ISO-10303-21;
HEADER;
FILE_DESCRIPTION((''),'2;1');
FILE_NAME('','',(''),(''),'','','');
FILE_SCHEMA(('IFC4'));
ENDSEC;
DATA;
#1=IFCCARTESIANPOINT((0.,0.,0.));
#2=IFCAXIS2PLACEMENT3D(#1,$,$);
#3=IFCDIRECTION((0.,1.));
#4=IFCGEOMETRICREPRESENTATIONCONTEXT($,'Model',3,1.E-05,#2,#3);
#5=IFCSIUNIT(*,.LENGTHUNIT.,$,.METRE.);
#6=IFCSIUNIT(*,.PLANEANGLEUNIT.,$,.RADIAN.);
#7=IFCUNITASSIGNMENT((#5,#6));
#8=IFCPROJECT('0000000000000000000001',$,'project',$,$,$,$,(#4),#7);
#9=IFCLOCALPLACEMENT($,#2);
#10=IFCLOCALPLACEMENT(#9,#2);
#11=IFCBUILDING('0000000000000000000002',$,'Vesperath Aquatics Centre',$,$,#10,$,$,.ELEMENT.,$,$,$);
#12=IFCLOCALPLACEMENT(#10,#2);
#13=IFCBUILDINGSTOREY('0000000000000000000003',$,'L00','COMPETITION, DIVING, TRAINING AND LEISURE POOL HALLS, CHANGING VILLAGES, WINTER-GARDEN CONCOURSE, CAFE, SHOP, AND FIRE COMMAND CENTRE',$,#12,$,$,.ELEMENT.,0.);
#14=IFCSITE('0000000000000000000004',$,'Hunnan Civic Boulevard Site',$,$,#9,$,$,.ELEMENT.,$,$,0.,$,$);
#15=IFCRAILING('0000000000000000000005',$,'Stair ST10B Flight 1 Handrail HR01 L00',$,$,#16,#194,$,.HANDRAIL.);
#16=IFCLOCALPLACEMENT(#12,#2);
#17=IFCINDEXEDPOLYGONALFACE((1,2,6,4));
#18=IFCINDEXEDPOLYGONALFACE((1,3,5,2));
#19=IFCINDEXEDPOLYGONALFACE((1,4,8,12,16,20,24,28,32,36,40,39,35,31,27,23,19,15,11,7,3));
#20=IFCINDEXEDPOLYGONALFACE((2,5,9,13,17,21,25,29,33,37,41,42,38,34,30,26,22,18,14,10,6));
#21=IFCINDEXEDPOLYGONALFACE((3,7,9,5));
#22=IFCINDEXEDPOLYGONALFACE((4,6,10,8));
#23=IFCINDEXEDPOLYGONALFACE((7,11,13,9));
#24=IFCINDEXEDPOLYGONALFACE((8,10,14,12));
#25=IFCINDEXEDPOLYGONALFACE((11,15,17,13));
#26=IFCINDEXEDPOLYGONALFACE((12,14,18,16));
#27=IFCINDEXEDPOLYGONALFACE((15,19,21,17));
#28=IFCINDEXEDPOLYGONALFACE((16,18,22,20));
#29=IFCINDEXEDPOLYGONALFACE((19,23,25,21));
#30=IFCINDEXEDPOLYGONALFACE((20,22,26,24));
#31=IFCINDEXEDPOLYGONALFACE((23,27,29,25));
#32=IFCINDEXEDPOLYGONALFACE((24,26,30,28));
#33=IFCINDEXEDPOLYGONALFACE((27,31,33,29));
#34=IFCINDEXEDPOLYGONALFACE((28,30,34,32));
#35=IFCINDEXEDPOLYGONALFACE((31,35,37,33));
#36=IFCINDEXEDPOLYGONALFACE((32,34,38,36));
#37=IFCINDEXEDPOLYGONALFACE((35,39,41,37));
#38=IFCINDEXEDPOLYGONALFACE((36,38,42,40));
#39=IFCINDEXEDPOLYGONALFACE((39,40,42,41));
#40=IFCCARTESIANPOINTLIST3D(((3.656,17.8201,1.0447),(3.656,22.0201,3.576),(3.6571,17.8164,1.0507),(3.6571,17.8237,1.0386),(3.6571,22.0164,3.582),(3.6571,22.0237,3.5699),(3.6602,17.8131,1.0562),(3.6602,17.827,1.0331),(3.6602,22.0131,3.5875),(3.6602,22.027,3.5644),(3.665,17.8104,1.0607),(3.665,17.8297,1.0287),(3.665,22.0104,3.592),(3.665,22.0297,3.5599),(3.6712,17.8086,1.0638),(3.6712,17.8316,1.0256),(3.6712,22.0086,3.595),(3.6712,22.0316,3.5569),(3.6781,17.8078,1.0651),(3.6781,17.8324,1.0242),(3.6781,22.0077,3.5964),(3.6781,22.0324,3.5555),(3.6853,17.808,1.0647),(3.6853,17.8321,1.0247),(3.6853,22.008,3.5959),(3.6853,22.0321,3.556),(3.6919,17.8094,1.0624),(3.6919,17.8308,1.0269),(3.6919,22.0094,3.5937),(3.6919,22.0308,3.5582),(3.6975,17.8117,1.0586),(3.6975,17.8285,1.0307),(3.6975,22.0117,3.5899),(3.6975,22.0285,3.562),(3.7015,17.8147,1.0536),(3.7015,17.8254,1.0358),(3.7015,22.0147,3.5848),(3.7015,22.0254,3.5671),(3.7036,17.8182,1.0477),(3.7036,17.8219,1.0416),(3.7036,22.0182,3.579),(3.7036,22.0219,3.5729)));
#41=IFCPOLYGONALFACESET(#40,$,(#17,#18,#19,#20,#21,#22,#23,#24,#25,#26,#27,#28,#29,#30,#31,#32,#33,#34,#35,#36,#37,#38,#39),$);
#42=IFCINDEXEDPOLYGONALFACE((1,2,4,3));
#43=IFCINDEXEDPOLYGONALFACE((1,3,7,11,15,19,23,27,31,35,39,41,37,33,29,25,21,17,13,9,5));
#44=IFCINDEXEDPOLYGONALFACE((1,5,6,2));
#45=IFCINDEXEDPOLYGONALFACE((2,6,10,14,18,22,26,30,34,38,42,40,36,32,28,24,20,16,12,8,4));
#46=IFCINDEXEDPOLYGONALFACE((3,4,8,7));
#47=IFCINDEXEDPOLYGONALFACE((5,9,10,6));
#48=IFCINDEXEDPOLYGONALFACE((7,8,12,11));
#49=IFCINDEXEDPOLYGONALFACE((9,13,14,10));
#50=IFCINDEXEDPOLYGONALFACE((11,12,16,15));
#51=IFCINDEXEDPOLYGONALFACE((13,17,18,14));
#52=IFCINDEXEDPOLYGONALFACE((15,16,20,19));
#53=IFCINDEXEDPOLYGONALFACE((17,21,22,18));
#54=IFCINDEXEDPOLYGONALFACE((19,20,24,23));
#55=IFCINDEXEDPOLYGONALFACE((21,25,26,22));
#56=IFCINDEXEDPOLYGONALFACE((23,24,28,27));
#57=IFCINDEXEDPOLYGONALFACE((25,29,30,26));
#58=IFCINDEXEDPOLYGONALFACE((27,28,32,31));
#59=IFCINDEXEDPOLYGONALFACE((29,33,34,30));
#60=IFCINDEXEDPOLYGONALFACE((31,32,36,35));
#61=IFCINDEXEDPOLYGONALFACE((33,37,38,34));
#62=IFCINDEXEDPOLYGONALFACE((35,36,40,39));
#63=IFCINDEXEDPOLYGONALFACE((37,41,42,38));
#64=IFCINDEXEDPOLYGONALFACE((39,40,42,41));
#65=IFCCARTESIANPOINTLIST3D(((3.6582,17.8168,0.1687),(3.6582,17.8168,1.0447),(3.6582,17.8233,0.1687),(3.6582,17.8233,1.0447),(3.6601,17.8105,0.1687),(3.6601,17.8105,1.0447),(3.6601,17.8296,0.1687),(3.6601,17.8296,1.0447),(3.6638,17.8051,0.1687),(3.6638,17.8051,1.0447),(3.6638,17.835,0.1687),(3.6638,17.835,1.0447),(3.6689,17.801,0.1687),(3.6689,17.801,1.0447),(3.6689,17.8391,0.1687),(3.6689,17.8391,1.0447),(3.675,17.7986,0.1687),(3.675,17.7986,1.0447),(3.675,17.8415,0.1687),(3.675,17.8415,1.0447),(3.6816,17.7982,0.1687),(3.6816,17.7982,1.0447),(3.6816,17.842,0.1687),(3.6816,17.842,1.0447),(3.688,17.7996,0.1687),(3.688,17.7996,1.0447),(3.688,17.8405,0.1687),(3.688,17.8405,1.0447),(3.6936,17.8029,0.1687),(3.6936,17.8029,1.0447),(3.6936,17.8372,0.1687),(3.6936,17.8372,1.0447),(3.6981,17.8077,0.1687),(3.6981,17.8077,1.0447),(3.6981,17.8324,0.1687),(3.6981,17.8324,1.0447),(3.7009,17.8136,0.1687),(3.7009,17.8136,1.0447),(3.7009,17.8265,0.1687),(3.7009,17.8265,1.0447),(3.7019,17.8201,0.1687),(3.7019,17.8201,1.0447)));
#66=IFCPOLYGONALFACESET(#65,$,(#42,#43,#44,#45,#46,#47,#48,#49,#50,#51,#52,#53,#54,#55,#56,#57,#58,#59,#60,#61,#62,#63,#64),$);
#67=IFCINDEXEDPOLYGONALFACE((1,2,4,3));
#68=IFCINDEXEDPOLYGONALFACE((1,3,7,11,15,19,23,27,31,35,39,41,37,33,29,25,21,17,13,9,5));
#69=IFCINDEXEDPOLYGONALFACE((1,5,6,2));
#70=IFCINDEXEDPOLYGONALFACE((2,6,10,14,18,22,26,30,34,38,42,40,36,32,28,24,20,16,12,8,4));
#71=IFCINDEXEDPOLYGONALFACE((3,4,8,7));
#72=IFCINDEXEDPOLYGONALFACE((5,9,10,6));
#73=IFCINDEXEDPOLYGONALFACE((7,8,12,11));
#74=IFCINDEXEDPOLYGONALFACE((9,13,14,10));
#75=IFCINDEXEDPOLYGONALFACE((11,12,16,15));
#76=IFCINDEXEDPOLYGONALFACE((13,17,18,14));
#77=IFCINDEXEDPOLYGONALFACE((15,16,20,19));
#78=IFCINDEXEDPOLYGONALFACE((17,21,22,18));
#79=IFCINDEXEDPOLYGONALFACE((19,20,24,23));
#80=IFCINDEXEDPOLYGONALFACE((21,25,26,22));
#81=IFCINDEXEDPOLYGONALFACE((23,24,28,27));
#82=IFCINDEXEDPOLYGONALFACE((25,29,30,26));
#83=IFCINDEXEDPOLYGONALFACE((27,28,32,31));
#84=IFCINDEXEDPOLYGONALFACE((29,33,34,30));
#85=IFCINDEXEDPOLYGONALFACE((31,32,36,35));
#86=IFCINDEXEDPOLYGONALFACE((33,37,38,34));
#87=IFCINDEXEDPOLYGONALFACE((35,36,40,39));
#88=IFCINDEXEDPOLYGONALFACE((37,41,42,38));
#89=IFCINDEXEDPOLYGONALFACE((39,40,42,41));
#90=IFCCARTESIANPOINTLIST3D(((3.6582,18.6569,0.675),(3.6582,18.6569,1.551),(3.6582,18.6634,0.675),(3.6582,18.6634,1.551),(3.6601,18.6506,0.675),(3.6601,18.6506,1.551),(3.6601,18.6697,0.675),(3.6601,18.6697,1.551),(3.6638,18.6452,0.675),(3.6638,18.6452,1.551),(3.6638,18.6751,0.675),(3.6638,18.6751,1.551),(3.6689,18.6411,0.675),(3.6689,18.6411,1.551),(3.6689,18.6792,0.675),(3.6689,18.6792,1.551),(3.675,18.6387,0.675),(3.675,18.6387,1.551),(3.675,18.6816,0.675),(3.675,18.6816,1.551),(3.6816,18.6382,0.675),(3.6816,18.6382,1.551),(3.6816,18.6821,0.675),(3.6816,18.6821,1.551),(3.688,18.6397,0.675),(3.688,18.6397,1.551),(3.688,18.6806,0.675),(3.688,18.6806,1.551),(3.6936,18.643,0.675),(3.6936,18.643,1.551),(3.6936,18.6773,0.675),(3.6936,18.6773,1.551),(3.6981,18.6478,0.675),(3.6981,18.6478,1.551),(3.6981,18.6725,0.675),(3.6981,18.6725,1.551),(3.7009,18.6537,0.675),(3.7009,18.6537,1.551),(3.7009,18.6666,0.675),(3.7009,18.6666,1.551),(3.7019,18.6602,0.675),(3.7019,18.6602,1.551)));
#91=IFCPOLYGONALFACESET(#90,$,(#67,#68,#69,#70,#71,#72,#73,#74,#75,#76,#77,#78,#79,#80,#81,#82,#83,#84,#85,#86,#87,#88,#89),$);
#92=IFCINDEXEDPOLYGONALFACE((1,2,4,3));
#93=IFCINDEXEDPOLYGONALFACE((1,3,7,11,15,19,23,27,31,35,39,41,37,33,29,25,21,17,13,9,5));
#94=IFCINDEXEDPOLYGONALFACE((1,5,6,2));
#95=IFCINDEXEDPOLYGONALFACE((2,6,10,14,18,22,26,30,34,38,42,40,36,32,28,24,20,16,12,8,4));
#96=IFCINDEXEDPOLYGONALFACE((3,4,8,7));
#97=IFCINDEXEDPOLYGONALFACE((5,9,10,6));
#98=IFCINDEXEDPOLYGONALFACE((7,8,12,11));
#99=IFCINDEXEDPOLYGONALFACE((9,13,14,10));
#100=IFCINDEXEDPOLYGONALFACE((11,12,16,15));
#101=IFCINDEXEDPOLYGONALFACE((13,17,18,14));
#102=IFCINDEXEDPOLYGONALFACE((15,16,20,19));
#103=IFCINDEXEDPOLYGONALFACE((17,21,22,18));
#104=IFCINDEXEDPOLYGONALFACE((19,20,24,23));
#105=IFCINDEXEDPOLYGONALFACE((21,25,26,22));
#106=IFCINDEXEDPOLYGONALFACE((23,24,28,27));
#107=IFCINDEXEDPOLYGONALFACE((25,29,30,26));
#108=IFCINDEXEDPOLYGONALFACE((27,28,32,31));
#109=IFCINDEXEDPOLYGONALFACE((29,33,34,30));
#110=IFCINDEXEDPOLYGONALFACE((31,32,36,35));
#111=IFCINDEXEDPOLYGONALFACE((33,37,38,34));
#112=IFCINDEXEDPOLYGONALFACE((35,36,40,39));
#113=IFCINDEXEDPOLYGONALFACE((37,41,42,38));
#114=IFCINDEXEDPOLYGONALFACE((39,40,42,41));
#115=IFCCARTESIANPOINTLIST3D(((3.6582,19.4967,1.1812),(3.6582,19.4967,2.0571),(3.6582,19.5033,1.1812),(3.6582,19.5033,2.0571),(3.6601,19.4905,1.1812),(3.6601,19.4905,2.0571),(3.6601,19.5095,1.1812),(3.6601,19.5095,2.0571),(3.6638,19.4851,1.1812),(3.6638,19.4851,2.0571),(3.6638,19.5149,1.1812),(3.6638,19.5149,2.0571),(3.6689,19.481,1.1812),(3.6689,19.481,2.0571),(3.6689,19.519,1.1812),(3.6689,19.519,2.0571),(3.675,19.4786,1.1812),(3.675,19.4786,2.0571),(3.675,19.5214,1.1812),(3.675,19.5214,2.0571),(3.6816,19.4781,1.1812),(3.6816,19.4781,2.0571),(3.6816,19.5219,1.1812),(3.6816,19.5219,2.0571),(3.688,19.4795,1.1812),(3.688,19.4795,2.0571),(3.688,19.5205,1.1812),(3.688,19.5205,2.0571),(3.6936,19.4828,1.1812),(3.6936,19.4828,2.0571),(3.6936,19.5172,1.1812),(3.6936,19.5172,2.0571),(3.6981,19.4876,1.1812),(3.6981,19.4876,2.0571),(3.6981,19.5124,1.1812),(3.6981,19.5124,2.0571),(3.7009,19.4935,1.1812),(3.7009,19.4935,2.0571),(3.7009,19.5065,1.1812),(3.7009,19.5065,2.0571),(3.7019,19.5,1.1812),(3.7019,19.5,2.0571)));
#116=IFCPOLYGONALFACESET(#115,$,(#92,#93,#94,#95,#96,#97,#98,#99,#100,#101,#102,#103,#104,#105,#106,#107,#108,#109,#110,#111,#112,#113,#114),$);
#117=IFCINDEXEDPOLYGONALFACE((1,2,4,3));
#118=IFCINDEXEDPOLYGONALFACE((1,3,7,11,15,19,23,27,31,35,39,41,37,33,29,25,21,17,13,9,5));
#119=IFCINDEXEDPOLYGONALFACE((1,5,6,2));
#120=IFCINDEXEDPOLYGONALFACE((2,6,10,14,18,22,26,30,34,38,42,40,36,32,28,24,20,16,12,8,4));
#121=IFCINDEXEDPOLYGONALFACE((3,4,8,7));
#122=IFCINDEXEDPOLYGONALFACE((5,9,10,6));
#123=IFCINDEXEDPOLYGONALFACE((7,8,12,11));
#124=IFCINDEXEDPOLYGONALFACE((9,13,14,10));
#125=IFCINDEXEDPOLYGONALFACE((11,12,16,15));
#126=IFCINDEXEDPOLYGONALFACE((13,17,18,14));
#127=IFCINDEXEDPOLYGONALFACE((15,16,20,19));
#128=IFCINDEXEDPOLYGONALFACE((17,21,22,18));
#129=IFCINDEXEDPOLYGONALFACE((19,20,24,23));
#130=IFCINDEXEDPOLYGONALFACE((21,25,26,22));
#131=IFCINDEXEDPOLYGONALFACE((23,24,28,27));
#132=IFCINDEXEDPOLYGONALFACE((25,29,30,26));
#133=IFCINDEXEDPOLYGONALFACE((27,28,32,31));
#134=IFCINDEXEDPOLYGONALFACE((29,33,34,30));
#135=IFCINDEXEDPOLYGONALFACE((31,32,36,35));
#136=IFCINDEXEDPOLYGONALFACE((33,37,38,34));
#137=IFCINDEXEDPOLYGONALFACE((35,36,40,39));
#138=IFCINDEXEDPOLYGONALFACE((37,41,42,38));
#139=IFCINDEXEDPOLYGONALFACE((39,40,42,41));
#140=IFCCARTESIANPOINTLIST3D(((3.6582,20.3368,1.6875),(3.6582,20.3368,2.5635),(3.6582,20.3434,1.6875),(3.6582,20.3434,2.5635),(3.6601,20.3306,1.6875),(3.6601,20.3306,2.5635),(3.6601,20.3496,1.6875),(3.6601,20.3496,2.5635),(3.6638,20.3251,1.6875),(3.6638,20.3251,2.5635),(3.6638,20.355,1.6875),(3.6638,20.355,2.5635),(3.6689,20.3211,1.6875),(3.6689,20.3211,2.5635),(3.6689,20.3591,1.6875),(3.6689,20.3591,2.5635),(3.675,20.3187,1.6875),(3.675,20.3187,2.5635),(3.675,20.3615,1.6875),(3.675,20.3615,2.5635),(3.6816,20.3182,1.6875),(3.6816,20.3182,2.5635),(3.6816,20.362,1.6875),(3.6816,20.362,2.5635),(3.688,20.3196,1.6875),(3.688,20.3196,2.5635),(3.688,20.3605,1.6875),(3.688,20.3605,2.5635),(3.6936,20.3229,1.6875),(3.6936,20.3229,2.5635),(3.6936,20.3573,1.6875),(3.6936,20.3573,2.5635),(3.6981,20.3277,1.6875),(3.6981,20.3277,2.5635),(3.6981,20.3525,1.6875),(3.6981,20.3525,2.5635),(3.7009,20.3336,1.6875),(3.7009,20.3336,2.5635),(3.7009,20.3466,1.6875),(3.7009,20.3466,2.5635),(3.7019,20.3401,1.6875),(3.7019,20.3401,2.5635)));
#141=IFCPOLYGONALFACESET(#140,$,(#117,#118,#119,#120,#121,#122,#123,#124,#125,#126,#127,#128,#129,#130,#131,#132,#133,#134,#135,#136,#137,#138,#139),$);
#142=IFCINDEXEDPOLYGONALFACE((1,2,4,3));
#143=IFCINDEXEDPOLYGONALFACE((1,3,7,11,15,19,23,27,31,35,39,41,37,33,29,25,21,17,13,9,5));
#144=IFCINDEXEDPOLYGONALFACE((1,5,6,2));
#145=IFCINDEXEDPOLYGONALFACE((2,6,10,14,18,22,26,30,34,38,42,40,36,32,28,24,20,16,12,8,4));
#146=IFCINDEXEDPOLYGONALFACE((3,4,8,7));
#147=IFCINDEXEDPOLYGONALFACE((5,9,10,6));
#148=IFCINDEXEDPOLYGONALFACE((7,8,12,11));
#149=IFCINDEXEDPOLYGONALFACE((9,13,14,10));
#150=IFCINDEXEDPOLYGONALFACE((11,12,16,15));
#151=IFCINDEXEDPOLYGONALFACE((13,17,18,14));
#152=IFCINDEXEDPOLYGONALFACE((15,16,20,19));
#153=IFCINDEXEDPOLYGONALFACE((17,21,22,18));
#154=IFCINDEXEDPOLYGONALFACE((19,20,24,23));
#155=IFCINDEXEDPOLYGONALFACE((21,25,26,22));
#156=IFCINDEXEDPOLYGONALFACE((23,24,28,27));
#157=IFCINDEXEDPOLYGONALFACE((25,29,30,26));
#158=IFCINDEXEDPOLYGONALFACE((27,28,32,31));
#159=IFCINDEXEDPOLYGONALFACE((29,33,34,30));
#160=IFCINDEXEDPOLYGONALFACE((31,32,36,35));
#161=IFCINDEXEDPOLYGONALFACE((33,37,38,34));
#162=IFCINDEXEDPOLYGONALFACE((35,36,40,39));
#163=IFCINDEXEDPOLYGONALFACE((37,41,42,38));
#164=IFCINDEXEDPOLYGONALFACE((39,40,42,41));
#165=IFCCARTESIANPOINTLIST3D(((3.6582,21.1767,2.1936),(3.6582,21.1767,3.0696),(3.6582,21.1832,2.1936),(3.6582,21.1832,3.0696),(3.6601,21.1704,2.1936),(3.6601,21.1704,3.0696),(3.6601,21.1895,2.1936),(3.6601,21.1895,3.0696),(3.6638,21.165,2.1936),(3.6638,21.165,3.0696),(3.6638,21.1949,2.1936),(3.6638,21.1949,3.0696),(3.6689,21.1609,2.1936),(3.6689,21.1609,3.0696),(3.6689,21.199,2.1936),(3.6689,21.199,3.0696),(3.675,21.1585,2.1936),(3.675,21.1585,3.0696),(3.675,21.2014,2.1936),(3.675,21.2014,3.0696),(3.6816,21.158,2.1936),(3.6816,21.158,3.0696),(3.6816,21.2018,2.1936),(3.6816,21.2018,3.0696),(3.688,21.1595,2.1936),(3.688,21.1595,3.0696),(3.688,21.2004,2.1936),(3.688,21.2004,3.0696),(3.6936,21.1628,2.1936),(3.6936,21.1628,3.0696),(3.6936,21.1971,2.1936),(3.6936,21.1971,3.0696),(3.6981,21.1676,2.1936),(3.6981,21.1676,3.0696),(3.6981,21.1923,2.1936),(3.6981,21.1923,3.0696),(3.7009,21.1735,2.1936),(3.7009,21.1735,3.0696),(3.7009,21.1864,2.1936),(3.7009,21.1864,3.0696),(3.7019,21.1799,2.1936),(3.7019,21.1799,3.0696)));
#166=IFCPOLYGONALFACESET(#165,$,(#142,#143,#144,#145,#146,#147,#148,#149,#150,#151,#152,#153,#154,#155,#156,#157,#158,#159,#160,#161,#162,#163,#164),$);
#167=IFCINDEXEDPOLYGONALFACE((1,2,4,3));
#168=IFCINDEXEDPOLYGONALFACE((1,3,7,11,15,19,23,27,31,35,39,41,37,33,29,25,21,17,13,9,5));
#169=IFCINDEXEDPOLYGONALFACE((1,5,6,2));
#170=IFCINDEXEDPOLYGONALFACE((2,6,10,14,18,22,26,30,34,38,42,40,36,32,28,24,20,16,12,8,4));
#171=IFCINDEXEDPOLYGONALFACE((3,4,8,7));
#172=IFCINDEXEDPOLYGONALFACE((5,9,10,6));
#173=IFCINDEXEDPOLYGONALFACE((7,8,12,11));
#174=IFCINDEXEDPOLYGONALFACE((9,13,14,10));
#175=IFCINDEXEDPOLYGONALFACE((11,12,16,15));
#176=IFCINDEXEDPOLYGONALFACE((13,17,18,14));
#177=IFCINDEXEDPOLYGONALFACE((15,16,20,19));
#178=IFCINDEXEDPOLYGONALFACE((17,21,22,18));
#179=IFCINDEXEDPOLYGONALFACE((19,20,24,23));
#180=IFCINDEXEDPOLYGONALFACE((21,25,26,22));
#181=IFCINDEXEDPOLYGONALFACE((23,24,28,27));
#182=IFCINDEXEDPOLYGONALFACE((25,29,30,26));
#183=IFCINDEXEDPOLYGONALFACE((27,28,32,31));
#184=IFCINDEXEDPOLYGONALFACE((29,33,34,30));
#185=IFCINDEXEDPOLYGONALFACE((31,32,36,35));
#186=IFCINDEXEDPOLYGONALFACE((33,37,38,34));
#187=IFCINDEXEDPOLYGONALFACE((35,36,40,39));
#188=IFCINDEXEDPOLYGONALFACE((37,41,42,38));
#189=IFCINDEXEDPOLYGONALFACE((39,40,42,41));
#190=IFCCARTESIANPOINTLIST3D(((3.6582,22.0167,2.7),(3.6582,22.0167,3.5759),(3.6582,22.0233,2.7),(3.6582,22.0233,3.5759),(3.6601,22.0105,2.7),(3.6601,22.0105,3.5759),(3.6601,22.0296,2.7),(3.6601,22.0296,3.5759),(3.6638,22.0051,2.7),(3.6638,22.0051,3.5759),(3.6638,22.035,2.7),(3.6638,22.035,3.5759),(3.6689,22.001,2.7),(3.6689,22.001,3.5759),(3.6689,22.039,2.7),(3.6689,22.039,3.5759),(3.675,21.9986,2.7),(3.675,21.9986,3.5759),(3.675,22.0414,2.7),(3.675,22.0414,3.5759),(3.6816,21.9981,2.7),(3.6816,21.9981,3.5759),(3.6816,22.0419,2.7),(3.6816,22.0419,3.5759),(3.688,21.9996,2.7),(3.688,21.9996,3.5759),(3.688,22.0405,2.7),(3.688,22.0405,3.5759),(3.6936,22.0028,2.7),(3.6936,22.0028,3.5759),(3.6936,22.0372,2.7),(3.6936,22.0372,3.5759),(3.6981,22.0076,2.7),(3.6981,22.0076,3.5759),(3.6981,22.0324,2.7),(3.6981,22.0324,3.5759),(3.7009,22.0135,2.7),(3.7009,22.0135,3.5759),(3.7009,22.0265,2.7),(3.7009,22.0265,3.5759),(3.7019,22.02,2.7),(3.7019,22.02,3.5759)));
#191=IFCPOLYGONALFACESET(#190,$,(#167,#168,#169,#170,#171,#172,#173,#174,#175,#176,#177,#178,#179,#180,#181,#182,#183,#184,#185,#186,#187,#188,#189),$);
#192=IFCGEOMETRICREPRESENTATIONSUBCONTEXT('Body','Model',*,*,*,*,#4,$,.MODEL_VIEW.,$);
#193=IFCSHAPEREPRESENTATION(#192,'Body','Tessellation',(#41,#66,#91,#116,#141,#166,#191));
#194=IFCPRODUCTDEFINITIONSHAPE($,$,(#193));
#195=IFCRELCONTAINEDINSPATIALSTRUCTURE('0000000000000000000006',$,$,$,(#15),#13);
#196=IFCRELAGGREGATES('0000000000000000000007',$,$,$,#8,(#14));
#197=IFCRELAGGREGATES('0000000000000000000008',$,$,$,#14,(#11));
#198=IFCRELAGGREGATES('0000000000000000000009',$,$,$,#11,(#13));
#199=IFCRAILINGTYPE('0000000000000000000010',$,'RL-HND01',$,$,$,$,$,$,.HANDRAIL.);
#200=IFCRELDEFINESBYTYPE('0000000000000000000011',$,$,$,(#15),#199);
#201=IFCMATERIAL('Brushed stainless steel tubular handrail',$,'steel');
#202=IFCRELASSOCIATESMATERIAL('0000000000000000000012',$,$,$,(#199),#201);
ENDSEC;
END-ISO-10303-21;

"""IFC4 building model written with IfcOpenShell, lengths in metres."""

from ifc_helpers import new_model, si_unit, direction, frame, origin, origin_2d, place, context, subcontext, project, spatial, circle, extrude, material, type_object, element, save


model = new_model("IFC4")

# Units and contexts
model_context = context("Model", 3, precision=1e-05, world=origin(), true_north=direction((0.0, 1.0)))
body_context = subcontext(model_context, "Body", "Model", "MODEL_VIEW")
ifc_project = project(units=[si_unit("LENGTHUNIT", "METRE"), si_unit("PLANEANGLEUNIT", "RADIAN")], contexts=[model_context])

# Site, building, storey
site_placement = place(None, origin())
site = spatial("IfcSite", under=ifc_project, at=site_placement, Name="Hunnan Civic Boulevard Site", CompositionType="ELEMENT", RefElevation=0.0)
building_placement = place(site_placement, origin())
building = spatial("IfcBuilding", under=site, at=building_placement, Name="Vesperath Aquatics Centre", CompositionType="ELEMENT")
storey_placement = place(building_placement, origin())
storey = spatial("IfcBuildingStorey", under=building, at=storey_placement, Name="L00", Description="COMPETITION, DIVING, TRAINING AND LEISURE POOL HALLS, CHANGING VILLAGES, WINTER-GARDEN CONCOURSE, CAFE, SHOP, AND FIRE COMMAND CENTRE", CompositionType="ELEMENT", Elevation=0.0)

# Railing
ifc_material_1 = material(Name="Brushed stainless steel tubular handrail", Category="steel")
railing_type_1 = type_object("IfcRailingType", Name="RL-HND01", PredefinedType="HANDRAIL", material=ifc_material_1)
railing_1_placement = place(storey_placement, frame((3.6799, 17.8201, 0.1687)))
element("IfcRailing", 1, at=railing_1_placement, inside=storey, type_object=railing_type_1, Name="Stair ST10B Flight 1 Handrail HR01 L00", PredefinedType="HANDRAIL", context=body_context, shape_type="SweptSolid", body=[
    extrude(circle(Radius=0.0239, at=origin_2d()), frame((0.0, 0.0, 0.876), z_axis=(0.0, 0.856476, 0.516186), x_axis=(-1.0, 0.0, 0.0)), (0.0, 0.0, 1.0), 4.9038),
    extrude(circle(Radius=0.022, at=origin_2d()), origin(), (0.0, 0.0, 1.0), 0.876),
    extrude(circle(Radius=0.022, at=origin_2d()), frame((0.0, 0.8401, 0.5063)), (0.0, 0.0, 1.0), 0.876),
    extrude(circle(Radius=0.022, at=origin_2d()), frame((0.0, 1.6799, 1.0125)), (0.0, 0.0, 1.0), 0.876),
    extrude(circle(Radius=0.022, at=origin_2d()), frame((0.0, 2.52, 1.5188)), (0.0, 0.0, 1.0), 0.876),
    extrude(circle(Radius=0.022, at=origin_2d()), frame((0.0, 3.3599, 2.0249)), (0.0, 0.0, 1.0), 0.876),
    extrude(circle(Radius=0.022, at=origin_2d()), frame((0.0, 4.2, 2.5312)), (0.0, 0.0, 1.0), 0.876),
])

save(model, "model.ifc")
